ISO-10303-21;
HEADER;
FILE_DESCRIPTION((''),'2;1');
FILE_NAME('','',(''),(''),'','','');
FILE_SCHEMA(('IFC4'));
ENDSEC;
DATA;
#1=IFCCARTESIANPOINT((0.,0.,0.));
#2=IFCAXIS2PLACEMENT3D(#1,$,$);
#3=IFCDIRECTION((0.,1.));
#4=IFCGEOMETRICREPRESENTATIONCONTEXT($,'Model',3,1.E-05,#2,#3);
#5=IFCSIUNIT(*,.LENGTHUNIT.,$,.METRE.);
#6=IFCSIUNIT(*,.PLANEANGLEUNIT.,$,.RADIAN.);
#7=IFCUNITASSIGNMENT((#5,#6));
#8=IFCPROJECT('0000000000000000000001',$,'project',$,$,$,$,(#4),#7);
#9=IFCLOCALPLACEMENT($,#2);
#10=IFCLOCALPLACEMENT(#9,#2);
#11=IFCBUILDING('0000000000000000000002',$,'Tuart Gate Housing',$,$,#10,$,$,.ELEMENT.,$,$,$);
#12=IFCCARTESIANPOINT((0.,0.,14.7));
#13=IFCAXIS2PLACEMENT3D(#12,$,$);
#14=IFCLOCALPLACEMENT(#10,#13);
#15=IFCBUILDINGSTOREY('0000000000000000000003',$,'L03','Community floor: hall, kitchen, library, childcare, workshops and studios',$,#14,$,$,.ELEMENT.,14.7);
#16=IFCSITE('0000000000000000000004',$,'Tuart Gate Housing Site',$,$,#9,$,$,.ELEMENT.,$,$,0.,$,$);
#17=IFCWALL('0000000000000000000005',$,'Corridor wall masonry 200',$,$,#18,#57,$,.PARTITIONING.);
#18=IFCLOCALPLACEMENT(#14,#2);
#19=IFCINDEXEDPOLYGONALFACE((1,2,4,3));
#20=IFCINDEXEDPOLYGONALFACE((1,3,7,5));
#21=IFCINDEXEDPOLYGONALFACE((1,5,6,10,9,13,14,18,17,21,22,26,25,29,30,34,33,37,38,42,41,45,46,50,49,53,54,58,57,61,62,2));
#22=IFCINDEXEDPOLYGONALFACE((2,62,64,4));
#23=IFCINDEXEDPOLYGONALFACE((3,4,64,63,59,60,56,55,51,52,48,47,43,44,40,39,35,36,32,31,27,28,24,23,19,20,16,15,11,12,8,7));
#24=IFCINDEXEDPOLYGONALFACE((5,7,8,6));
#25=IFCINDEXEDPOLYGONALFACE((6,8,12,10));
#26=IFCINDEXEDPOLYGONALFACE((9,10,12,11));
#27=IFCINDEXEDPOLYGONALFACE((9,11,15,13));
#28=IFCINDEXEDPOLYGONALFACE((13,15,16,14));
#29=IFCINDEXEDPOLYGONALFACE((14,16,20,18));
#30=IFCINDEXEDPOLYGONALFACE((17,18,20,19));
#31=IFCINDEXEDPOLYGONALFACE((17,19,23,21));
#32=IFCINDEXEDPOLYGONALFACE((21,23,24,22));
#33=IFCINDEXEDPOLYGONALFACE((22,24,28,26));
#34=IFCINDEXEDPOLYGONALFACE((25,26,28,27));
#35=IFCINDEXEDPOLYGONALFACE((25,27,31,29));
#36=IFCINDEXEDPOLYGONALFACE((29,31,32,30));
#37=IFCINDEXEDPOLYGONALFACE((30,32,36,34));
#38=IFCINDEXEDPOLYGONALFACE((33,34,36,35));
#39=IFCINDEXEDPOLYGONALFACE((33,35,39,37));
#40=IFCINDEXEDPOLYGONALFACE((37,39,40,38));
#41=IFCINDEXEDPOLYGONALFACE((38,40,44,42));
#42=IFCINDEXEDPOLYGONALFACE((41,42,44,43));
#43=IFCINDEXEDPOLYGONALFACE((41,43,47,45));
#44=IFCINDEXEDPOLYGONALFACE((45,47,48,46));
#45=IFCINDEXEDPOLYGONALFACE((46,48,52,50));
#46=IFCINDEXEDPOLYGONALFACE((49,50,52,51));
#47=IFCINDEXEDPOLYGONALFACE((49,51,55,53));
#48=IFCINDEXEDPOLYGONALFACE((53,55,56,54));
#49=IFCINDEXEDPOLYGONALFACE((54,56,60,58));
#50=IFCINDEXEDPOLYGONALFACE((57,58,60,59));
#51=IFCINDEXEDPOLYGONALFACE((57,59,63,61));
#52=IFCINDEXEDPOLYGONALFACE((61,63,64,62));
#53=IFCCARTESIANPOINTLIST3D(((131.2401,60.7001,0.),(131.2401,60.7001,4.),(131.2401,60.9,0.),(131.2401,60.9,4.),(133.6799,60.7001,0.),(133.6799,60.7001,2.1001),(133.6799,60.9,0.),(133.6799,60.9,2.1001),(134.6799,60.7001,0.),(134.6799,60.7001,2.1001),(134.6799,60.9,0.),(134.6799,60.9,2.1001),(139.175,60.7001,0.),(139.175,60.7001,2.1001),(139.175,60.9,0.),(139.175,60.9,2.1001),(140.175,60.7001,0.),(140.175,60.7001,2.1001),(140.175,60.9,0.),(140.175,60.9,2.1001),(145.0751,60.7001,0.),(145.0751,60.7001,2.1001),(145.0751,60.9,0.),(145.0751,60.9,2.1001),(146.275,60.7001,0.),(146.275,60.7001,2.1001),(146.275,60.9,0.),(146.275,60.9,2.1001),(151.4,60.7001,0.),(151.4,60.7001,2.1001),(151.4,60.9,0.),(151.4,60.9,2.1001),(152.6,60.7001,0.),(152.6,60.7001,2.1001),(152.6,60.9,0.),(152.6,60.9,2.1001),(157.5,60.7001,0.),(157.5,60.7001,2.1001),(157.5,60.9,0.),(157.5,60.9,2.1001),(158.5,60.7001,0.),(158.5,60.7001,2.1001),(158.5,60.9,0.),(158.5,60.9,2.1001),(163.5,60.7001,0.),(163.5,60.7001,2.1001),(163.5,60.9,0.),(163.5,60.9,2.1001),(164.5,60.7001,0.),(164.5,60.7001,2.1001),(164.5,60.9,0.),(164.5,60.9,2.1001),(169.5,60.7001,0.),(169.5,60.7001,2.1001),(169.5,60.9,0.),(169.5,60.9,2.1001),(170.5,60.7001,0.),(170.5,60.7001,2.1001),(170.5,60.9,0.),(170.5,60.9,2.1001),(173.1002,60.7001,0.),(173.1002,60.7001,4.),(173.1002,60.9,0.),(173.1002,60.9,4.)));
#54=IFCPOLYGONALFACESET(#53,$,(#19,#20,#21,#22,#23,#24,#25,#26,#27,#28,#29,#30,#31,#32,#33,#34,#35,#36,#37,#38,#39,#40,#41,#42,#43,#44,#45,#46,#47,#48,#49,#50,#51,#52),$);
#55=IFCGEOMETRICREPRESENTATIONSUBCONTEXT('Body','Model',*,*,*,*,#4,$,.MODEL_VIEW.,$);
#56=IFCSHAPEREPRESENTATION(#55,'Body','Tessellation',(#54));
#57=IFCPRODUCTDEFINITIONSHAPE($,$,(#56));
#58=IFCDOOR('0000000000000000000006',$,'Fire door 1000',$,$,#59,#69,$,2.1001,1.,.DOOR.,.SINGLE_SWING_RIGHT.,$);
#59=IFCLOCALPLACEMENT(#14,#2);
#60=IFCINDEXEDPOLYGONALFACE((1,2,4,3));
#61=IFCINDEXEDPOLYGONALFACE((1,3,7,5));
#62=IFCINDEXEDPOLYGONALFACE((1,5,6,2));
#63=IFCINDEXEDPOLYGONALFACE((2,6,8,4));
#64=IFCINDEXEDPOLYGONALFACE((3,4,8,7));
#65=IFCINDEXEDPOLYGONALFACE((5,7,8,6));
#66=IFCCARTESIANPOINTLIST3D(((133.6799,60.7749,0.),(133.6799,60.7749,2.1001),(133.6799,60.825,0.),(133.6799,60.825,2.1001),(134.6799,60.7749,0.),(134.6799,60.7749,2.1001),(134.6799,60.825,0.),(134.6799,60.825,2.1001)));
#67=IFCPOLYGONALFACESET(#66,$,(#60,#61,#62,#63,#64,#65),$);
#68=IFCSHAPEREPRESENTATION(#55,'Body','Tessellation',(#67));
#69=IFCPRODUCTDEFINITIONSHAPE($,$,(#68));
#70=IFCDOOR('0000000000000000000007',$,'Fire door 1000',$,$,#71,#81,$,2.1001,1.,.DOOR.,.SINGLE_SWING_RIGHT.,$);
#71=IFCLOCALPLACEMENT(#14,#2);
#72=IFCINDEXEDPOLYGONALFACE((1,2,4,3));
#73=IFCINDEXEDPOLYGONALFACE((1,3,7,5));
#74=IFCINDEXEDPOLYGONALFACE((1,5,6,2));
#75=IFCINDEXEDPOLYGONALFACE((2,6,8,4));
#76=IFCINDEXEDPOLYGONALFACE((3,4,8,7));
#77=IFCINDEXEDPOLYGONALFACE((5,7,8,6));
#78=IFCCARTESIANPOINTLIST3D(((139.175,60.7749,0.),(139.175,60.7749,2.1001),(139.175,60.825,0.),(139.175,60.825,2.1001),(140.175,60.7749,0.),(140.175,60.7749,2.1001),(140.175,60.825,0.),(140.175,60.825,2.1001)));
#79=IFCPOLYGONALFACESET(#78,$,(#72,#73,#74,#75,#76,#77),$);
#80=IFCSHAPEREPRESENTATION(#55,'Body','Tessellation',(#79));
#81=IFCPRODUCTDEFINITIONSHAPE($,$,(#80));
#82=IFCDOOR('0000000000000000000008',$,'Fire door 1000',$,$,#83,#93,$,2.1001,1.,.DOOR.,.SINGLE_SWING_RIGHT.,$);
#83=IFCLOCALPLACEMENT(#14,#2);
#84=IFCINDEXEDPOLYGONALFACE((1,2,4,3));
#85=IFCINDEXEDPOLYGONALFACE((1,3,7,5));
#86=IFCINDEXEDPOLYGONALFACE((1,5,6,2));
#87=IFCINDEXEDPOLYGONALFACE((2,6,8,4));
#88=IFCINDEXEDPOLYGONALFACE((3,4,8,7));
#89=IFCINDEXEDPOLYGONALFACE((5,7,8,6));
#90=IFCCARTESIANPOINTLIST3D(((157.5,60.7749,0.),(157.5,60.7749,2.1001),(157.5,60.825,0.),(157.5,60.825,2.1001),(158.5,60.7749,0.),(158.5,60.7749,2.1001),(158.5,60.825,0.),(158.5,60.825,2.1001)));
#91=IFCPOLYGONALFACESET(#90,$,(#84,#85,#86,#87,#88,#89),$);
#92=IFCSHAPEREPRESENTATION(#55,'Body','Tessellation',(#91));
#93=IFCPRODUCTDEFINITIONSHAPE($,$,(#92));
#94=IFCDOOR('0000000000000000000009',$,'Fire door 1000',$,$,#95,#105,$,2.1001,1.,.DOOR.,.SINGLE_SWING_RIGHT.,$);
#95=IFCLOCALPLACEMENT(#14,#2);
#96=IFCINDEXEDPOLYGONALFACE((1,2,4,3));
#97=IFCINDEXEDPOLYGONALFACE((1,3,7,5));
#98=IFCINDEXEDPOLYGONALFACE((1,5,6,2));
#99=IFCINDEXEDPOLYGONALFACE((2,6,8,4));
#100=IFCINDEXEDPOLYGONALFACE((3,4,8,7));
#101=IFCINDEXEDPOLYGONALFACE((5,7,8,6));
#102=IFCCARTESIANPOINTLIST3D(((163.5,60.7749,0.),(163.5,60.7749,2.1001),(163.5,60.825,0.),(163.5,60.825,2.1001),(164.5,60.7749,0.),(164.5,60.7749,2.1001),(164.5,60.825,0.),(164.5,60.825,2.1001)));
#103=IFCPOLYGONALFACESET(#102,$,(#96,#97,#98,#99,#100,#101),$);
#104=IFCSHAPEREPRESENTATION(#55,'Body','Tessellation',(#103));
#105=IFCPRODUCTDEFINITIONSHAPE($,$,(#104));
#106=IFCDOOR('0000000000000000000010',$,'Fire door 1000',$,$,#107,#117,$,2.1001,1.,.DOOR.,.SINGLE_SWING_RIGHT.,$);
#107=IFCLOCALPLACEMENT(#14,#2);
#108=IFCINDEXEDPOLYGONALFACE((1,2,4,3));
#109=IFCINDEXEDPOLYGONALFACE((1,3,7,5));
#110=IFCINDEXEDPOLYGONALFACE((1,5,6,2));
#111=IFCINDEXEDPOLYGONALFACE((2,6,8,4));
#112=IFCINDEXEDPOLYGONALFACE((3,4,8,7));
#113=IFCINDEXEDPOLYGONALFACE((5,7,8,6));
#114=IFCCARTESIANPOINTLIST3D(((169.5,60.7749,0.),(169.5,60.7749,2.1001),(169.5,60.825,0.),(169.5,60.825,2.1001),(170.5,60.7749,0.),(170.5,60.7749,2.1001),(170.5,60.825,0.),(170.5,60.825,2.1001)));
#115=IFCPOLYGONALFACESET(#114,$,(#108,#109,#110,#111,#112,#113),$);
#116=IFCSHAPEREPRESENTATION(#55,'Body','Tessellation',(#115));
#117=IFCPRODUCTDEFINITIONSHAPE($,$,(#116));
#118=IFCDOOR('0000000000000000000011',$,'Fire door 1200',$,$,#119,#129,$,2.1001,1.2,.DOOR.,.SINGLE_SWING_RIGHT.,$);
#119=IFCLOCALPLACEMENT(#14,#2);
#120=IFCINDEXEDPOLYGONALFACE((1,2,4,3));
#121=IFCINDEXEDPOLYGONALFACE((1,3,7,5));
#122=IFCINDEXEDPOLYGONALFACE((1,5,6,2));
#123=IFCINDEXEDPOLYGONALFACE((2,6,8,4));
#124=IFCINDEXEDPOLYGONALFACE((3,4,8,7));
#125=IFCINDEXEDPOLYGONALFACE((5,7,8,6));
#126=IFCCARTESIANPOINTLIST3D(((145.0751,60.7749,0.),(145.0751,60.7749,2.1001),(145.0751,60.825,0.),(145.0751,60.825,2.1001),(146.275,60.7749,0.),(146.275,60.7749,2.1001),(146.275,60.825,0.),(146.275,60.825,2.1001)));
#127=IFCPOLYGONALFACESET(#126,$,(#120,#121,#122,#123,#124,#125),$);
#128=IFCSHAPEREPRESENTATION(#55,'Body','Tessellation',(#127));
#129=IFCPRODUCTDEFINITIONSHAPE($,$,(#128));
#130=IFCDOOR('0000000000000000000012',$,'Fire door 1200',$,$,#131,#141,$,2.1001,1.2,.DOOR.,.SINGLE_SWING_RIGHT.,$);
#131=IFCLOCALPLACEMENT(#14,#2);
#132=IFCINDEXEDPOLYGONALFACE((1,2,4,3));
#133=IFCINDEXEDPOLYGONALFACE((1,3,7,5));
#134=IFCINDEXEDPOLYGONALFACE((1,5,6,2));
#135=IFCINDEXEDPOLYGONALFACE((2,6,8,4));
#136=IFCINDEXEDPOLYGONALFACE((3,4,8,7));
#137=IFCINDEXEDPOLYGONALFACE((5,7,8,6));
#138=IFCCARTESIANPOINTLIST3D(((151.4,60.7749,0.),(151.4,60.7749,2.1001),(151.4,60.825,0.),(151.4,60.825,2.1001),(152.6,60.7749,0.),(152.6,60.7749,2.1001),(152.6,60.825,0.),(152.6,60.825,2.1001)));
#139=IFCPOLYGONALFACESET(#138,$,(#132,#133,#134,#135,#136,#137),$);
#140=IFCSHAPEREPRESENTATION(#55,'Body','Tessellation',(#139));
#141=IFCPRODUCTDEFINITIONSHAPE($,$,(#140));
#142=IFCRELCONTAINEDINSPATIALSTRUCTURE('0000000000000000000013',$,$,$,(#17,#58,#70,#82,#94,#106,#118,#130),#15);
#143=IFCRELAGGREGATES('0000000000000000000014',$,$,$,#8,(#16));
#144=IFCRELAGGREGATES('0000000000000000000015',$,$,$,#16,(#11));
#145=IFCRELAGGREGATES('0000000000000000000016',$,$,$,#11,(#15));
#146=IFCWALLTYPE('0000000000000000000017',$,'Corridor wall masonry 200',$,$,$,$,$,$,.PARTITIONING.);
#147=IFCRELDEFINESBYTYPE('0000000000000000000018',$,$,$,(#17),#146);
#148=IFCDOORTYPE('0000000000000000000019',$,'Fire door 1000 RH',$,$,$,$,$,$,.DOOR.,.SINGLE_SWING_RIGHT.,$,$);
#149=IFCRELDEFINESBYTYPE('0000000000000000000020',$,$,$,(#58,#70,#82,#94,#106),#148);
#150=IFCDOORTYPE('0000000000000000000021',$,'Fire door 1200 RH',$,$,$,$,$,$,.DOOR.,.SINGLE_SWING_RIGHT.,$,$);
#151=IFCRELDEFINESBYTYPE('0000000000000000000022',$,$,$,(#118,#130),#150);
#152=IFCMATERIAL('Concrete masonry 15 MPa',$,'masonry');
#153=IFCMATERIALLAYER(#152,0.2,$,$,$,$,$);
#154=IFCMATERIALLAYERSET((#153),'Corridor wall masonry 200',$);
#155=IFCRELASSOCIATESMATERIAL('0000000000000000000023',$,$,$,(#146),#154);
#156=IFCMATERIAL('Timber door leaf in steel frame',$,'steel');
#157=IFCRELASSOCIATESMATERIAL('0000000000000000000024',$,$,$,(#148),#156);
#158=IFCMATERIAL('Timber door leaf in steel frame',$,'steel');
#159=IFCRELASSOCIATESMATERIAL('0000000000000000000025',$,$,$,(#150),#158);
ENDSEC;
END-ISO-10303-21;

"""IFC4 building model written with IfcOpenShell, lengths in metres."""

from ifc_helpers import new_model, si_unit, direction, frame, frame_2d, origin, place, context, subcontext, project, spatial, rectangle, extrude, material, layer, layer_set, type_object, element, fill, save


model = new_model("IFC4")

# Units and contexts
model_context = context("Model", 3, precision=1e-05, world=origin(), true_north=direction((0.0, 1.0)))
body_context = subcontext(model_context, "Body", "Model", "MODEL_VIEW")
ifc_project = project(units=[si_unit("LENGTHUNIT", "METRE"), si_unit("PLANEANGLEUNIT", "RADIAN")], contexts=[model_context])

# Site, building, storey
site_placement = place(None, origin())
site = spatial("IfcSite", under=ifc_project, at=site_placement, Name="Tuart Gate Housing Site", CompositionType="ELEMENT", RefElevation=0.0)
building_placement = place(site_placement, origin())
building = spatial("IfcBuilding", under=site, at=building_placement, Name="Tuart Gate Housing", CompositionType="ELEMENT")
storey_placement = place(building_placement, frame((0.0, 0.0, 14.7)))
storey = spatial("IfcBuildingStorey", under=building, at=storey_placement, Name="L03", Description="Community floor: hall, kitchen, library, childcare, workshops and studios", CompositionType="ELEMENT", Elevation=14.7)

# Wall, openings, doors
ifc_material_1 = material(Name="Concrete masonry 15 MPa", Category="masonry")
ifc_layer_1 = layer(ifc_material_1, 0.2)
ifc_layer_set_1 = layer_set([ifc_layer_1], Name="Corridor wall masonry 200")
wall_type_1 = type_object("IfcWallType", Name="Corridor wall masonry 200", PredefinedType="PARTITIONING", material=ifc_layer_set_1)
wall_1_placement = place(storey_placement, frame((131.24, 60.8, 0.0), z_axis=(0.0, 0.0, 1.0), x_axis=(1.0, 0.0, 0.0)))
wall_1 = element("IfcWall", 1, at=wall_1_placement, inside=storey, type_object=wall_type_1, Name="Corridor wall masonry 200", PredefinedType="PARTITIONING", context=body_context, shape_type="SweptSolid", body=[
    extrude(rectangle(XDim=41.8601, YDim=0.2, at=frame_2d((20.9302, 0.0))), origin(), (0.0, 0.0, 1.0), 4.0),
])
opening_1_placement = place(wall_1_placement, frame((2.4399, 0.0, 0.0)))
opening_1 = element("IfcOpeningElement", 2, at=opening_1_placement, cuts=wall_1, PredefinedType="OPENING", context=body_context, shape_type="SweptSolid", body=[
    extrude(rectangle(XDim=1.0, YDim=2.1001, at=frame_2d((0.5, 1.05))), frame((0.0, 0.1099, 0.0), z_axis=(0.0, -1.0, 0.0), x_axis=(1.0, 0.0, 0.0)), (0.0, 0.0, 1.0), 0.22),
])
opening_2_placement = place(wall_1_placement, frame((7.9351, 0.0, 0.0)))
opening_2 = element("IfcOpeningElement", 3, at=opening_2_placement, cuts=wall_1, PredefinedType="OPENING", context=body_context, shape_type="SweptSolid", body=[
    extrude(rectangle(XDim=1.0, YDim=2.1001, at=frame_2d((0.5, 1.05))), frame((0.0, 0.1099, 0.0), z_axis=(0.0, -1.0, 0.0), x_axis=(1.0, 0.0, 0.0)), (0.0, 0.0, 1.0), 0.22),
])
opening_3_placement = place(wall_1_placement, frame((13.835, 0.0, 0.0)))
opening_3 = element("IfcOpeningElement", 4, at=opening_3_placement, cuts=wall_1, PredefinedType="OPENING", context=body_context, shape_type="SweptSolid", body=[
    extrude(rectangle(XDim=1.2, YDim=2.1001, at=frame_2d((0.6001, 1.05))), frame((0.0, 0.1099, 0.0), z_axis=(0.0, -1.0, 0.0), x_axis=(1.0, 0.0, 0.0)), (0.0, 0.0, 1.0), 0.22),
])
opening_4_placement = place(wall_1_placement, frame((20.1599, 0.0, 0.0)))
opening_4 = element("IfcOpeningElement", 5, at=opening_4_placement, cuts=wall_1, PredefinedType="OPENING", context=body_context, shape_type="SweptSolid", body=[
    extrude(rectangle(XDim=1.2, YDim=2.1001, at=frame_2d((0.6001, 1.05))), frame((0.0, 0.1099, 0.0), z_axis=(0.0, -1.0, 0.0), x_axis=(1.0, 0.0, 0.0)), (0.0, 0.0, 1.0), 0.22),
])
opening_5_placement = place(wall_1_placement, frame((26.26, 0.0, 0.0)))
opening_5 = element("IfcOpeningElement", 6, at=opening_5_placement, cuts=wall_1, PredefinedType="OPENING", context=body_context, shape_type="SweptSolid", body=[
    extrude(rectangle(XDim=1.0, YDim=2.1001, at=frame_2d((0.5, 1.05))), frame((0.0, 0.1099, 0.0), z_axis=(0.0, -1.0, 0.0), x_axis=(1.0, 0.0, 0.0)), (0.0, 0.0, 1.0), 0.22),
])
opening_6_placement = place(wall_1_placement, frame((32.26, 0.0, 0.0)))
opening_6 = element("IfcOpeningElement", 7, at=opening_6_placement, cuts=wall_1, PredefinedType="OPENING", context=body_context, shape_type="SweptSolid", body=[
    extrude(rectangle(XDim=1.0, YDim=2.1001, at=frame_2d((0.5, 1.05))), frame((0.0, 0.1099, 0.0), z_axis=(0.0, -1.0, 0.0), x_axis=(1.0, 0.0, 0.0)), (0.0, 0.0, 1.0), 0.22),
])
opening_7_placement = place(wall_1_placement, frame((38.26, 0.0, 0.0)))
opening_7 = element("IfcOpeningElement", 8, at=opening_7_placement, cuts=wall_1, PredefinedType="OPENING", context=body_context, shape_type="SweptSolid", body=[
    extrude(rectangle(XDim=1.0, YDim=2.1001, at=frame_2d((0.5, 1.05))), frame((0.0, 0.1099, 0.0), z_axis=(0.0, -1.0, 0.0), x_axis=(1.0, 0.0, 0.0)), (0.0, 0.0, 1.0), 0.22),
])
ifc_material_2 = material(Name="Timber door leaf in steel frame", Category="steel")
door_type_1 = type_object("IfcDoorType", Name="Fire door 1000 RH", OperationType="SINGLE_SWING_RIGHT", PredefinedType="DOOR", material=ifc_material_2)
door_1_placement = place(opening_1_placement, frame((1.0, 0.0, 0.0), z_axis=(0.0, 0.0, 1.0), x_axis=(-1.0, 0.0, 0.0)))
door_1 = element("IfcDoor", 9, at=door_1_placement, inside=storey, type_object=door_type_1, Name="Fire door 1000", OperationType="SINGLE_SWING_RIGHT", OverallHeight=2.1001, OverallWidth=1.0, PredefinedType="DOOR", context=body_context, shape_type="SweptSolid", body=[
    extrude(rectangle(XDim=1.0, YDim=2.1001, at=frame_2d((0.5, 1.05))), frame((0.0, 0.0251, 0.0), z_axis=(0.0, -1.0, 0.0), x_axis=(1.0, 0.0, 0.0)), (0.0, 0.0, 1.0), 0.05),
])
fill(opening_1, door_1)
door_2_placement = place(opening_2_placement, frame((1.0, 0.0, 0.0), z_axis=(0.0, 0.0, 1.0), x_axis=(-1.0, 0.0, 0.0)))
door_2 = element("IfcDoor", 10, at=door_2_placement, inside=storey, type_object=door_type_1, Name="Fire door 1000", OperationType="SINGLE_SWING_RIGHT", OverallHeight=2.1001, OverallWidth=1.0, PredefinedType="DOOR", context=body_context, shape_type="SweptSolid", body=[
    extrude(rectangle(XDim=1.0, YDim=2.1001, at=frame_2d((0.5, 1.05))), frame((0.0, 0.0251, 0.0), z_axis=(0.0, -1.0, 0.0), x_axis=(1.0, 0.0, 0.0)), (0.0, 0.0, 1.0), 0.05),
])
fill(opening_2, door_2)
door_3_placement = place(opening_5_placement, frame((1.0, 0.0, 0.0), z_axis=(0.0, 0.0, 1.0), x_axis=(-1.0, 0.0, 0.0)))
door_3 = element("IfcDoor", 11, at=door_3_placement, inside=storey, type_object=door_type_1, Name="Fire door 1000", OperationType="SINGLE_SWING_RIGHT", OverallHeight=2.1001, OverallWidth=1.0, PredefinedType="DOOR", context=body_context, shape_type="SweptSolid", body=[
    extrude(rectangle(XDim=1.0, YDim=2.1001, at=frame_2d((0.5, 1.05))), frame((0.0, 0.0251, 0.0), z_axis=(0.0, -1.0, 0.0), x_axis=(1.0, 0.0, 0.0)), (0.0, 0.0, 1.0), 0.05),
])
fill(opening_5, door_3)
door_4_placement = place(opening_6_placement, frame((1.0, 0.0, 0.0), z_axis=(0.0, 0.0, 1.0), x_axis=(-1.0, 0.0, 0.0)))
door_4 = element("IfcDoor", 12, at=door_4_placement, inside=storey, type_object=door_type_1, Name="Fire door 1000", OperationType="SINGLE_SWING_RIGHT", OverallHeight=2.1001, OverallWidth=1.0, PredefinedType="DOOR", context=body_context, shape_type="SweptSolid", body=[
    extrude(rectangle(XDim=1.0, YDim=2.1001, at=frame_2d((0.5, 1.05))), frame((0.0, 0.0251, 0.0), z_axis=(0.0, -1.0, 0.0), x_axis=(1.0, 0.0, 0.0)), (0.0, 0.0, 1.0), 0.05),
])
fill(opening_6, door_4)
door_5_placement = place(opening_7_placement, frame((1.0, 0.0, 0.0), z_axis=(0.0, 0.0, 1.0), x_axis=(-1.0, 0.0, 0.0)))
door_5 = element("IfcDoor", 13, at=door_5_placement, inside=storey, type_object=door_type_1, Name="Fire door 1000", OperationType="SINGLE_SWING_RIGHT", OverallHeight=2.1001, OverallWidth=1.0, PredefinedType="DOOR", context=body_context, shape_type="SweptSolid", body=[
    extrude(rectangle(XDim=1.0, YDim=2.1001, at=frame_2d((0.5, 1.05))), frame((0.0, 0.0251, 0.0), z_axis=(0.0, -1.0, 0.0), x_axis=(1.0, 0.0, 0.0)), (0.0, 0.0, 1.0), 0.05),
])
fill(opening_7, door_5)
ifc_material_3 = material(Name="Timber door leaf in steel frame", Category="steel")
door_type_2 = type_object("IfcDoorType", Name="Fire door 1200 RH", OperationType="SINGLE_SWING_RIGHT", PredefinedType="DOOR", material=ifc_material_3)
door_6_placement = place(opening_3_placement, frame((1.2, 0.0, 0.0), z_axis=(0.0, 0.0, 1.0), x_axis=(-1.0, 0.0, 0.0)))
door_6 = element("IfcDoor", 14, at=door_6_placement, inside=storey, type_object=door_type_2, Name="Fire door 1200", OperationType="SINGLE_SWING_RIGHT", OverallHeight=2.1001, OverallWidth=1.2, PredefinedType="DOOR", context=body_context, shape_type="SweptSolid", body=[
    extrude(rectangle(XDim=1.2, YDim=2.1001, at=frame_2d((0.5999, 1.05))), frame((0.0, 0.0251, 0.0), z_axis=(0.0, -1.0, 0.0), x_axis=(1.0, 0.0, 0.0)), (0.0, 0.0, 1.0), 0.05),
])
fill(opening_3, door_6)
door_7_placement = place(opening_4_placement, frame((1.2, 0.0, 0.0), z_axis=(0.0, 0.0, 1.0), x_axis=(-1.0, 0.0, 0.0)))
door_7 = element("IfcDoor", 15, at=door_7_placement, inside=storey, type_object=door_type_2, Name="Fire door 1200", OperationType="SINGLE_SWING_RIGHT", OverallHeight=2.1001, OverallWidth=1.2, PredefinedType="DOOR", context=body_context, shape_type="SweptSolid", body=[
    extrude(rectangle(XDim=1.2, YDim=2.1001, at=frame_2d((0.5999, 1.05))), frame((0.0, 0.0251, 0.0), z_axis=(0.0, -1.0, 0.0), x_axis=(1.0, 0.0, 0.0)), (0.0, 0.0, 1.0), 0.05),
])
fill(opening_4, door_7)

save(model, "model.ifc")
